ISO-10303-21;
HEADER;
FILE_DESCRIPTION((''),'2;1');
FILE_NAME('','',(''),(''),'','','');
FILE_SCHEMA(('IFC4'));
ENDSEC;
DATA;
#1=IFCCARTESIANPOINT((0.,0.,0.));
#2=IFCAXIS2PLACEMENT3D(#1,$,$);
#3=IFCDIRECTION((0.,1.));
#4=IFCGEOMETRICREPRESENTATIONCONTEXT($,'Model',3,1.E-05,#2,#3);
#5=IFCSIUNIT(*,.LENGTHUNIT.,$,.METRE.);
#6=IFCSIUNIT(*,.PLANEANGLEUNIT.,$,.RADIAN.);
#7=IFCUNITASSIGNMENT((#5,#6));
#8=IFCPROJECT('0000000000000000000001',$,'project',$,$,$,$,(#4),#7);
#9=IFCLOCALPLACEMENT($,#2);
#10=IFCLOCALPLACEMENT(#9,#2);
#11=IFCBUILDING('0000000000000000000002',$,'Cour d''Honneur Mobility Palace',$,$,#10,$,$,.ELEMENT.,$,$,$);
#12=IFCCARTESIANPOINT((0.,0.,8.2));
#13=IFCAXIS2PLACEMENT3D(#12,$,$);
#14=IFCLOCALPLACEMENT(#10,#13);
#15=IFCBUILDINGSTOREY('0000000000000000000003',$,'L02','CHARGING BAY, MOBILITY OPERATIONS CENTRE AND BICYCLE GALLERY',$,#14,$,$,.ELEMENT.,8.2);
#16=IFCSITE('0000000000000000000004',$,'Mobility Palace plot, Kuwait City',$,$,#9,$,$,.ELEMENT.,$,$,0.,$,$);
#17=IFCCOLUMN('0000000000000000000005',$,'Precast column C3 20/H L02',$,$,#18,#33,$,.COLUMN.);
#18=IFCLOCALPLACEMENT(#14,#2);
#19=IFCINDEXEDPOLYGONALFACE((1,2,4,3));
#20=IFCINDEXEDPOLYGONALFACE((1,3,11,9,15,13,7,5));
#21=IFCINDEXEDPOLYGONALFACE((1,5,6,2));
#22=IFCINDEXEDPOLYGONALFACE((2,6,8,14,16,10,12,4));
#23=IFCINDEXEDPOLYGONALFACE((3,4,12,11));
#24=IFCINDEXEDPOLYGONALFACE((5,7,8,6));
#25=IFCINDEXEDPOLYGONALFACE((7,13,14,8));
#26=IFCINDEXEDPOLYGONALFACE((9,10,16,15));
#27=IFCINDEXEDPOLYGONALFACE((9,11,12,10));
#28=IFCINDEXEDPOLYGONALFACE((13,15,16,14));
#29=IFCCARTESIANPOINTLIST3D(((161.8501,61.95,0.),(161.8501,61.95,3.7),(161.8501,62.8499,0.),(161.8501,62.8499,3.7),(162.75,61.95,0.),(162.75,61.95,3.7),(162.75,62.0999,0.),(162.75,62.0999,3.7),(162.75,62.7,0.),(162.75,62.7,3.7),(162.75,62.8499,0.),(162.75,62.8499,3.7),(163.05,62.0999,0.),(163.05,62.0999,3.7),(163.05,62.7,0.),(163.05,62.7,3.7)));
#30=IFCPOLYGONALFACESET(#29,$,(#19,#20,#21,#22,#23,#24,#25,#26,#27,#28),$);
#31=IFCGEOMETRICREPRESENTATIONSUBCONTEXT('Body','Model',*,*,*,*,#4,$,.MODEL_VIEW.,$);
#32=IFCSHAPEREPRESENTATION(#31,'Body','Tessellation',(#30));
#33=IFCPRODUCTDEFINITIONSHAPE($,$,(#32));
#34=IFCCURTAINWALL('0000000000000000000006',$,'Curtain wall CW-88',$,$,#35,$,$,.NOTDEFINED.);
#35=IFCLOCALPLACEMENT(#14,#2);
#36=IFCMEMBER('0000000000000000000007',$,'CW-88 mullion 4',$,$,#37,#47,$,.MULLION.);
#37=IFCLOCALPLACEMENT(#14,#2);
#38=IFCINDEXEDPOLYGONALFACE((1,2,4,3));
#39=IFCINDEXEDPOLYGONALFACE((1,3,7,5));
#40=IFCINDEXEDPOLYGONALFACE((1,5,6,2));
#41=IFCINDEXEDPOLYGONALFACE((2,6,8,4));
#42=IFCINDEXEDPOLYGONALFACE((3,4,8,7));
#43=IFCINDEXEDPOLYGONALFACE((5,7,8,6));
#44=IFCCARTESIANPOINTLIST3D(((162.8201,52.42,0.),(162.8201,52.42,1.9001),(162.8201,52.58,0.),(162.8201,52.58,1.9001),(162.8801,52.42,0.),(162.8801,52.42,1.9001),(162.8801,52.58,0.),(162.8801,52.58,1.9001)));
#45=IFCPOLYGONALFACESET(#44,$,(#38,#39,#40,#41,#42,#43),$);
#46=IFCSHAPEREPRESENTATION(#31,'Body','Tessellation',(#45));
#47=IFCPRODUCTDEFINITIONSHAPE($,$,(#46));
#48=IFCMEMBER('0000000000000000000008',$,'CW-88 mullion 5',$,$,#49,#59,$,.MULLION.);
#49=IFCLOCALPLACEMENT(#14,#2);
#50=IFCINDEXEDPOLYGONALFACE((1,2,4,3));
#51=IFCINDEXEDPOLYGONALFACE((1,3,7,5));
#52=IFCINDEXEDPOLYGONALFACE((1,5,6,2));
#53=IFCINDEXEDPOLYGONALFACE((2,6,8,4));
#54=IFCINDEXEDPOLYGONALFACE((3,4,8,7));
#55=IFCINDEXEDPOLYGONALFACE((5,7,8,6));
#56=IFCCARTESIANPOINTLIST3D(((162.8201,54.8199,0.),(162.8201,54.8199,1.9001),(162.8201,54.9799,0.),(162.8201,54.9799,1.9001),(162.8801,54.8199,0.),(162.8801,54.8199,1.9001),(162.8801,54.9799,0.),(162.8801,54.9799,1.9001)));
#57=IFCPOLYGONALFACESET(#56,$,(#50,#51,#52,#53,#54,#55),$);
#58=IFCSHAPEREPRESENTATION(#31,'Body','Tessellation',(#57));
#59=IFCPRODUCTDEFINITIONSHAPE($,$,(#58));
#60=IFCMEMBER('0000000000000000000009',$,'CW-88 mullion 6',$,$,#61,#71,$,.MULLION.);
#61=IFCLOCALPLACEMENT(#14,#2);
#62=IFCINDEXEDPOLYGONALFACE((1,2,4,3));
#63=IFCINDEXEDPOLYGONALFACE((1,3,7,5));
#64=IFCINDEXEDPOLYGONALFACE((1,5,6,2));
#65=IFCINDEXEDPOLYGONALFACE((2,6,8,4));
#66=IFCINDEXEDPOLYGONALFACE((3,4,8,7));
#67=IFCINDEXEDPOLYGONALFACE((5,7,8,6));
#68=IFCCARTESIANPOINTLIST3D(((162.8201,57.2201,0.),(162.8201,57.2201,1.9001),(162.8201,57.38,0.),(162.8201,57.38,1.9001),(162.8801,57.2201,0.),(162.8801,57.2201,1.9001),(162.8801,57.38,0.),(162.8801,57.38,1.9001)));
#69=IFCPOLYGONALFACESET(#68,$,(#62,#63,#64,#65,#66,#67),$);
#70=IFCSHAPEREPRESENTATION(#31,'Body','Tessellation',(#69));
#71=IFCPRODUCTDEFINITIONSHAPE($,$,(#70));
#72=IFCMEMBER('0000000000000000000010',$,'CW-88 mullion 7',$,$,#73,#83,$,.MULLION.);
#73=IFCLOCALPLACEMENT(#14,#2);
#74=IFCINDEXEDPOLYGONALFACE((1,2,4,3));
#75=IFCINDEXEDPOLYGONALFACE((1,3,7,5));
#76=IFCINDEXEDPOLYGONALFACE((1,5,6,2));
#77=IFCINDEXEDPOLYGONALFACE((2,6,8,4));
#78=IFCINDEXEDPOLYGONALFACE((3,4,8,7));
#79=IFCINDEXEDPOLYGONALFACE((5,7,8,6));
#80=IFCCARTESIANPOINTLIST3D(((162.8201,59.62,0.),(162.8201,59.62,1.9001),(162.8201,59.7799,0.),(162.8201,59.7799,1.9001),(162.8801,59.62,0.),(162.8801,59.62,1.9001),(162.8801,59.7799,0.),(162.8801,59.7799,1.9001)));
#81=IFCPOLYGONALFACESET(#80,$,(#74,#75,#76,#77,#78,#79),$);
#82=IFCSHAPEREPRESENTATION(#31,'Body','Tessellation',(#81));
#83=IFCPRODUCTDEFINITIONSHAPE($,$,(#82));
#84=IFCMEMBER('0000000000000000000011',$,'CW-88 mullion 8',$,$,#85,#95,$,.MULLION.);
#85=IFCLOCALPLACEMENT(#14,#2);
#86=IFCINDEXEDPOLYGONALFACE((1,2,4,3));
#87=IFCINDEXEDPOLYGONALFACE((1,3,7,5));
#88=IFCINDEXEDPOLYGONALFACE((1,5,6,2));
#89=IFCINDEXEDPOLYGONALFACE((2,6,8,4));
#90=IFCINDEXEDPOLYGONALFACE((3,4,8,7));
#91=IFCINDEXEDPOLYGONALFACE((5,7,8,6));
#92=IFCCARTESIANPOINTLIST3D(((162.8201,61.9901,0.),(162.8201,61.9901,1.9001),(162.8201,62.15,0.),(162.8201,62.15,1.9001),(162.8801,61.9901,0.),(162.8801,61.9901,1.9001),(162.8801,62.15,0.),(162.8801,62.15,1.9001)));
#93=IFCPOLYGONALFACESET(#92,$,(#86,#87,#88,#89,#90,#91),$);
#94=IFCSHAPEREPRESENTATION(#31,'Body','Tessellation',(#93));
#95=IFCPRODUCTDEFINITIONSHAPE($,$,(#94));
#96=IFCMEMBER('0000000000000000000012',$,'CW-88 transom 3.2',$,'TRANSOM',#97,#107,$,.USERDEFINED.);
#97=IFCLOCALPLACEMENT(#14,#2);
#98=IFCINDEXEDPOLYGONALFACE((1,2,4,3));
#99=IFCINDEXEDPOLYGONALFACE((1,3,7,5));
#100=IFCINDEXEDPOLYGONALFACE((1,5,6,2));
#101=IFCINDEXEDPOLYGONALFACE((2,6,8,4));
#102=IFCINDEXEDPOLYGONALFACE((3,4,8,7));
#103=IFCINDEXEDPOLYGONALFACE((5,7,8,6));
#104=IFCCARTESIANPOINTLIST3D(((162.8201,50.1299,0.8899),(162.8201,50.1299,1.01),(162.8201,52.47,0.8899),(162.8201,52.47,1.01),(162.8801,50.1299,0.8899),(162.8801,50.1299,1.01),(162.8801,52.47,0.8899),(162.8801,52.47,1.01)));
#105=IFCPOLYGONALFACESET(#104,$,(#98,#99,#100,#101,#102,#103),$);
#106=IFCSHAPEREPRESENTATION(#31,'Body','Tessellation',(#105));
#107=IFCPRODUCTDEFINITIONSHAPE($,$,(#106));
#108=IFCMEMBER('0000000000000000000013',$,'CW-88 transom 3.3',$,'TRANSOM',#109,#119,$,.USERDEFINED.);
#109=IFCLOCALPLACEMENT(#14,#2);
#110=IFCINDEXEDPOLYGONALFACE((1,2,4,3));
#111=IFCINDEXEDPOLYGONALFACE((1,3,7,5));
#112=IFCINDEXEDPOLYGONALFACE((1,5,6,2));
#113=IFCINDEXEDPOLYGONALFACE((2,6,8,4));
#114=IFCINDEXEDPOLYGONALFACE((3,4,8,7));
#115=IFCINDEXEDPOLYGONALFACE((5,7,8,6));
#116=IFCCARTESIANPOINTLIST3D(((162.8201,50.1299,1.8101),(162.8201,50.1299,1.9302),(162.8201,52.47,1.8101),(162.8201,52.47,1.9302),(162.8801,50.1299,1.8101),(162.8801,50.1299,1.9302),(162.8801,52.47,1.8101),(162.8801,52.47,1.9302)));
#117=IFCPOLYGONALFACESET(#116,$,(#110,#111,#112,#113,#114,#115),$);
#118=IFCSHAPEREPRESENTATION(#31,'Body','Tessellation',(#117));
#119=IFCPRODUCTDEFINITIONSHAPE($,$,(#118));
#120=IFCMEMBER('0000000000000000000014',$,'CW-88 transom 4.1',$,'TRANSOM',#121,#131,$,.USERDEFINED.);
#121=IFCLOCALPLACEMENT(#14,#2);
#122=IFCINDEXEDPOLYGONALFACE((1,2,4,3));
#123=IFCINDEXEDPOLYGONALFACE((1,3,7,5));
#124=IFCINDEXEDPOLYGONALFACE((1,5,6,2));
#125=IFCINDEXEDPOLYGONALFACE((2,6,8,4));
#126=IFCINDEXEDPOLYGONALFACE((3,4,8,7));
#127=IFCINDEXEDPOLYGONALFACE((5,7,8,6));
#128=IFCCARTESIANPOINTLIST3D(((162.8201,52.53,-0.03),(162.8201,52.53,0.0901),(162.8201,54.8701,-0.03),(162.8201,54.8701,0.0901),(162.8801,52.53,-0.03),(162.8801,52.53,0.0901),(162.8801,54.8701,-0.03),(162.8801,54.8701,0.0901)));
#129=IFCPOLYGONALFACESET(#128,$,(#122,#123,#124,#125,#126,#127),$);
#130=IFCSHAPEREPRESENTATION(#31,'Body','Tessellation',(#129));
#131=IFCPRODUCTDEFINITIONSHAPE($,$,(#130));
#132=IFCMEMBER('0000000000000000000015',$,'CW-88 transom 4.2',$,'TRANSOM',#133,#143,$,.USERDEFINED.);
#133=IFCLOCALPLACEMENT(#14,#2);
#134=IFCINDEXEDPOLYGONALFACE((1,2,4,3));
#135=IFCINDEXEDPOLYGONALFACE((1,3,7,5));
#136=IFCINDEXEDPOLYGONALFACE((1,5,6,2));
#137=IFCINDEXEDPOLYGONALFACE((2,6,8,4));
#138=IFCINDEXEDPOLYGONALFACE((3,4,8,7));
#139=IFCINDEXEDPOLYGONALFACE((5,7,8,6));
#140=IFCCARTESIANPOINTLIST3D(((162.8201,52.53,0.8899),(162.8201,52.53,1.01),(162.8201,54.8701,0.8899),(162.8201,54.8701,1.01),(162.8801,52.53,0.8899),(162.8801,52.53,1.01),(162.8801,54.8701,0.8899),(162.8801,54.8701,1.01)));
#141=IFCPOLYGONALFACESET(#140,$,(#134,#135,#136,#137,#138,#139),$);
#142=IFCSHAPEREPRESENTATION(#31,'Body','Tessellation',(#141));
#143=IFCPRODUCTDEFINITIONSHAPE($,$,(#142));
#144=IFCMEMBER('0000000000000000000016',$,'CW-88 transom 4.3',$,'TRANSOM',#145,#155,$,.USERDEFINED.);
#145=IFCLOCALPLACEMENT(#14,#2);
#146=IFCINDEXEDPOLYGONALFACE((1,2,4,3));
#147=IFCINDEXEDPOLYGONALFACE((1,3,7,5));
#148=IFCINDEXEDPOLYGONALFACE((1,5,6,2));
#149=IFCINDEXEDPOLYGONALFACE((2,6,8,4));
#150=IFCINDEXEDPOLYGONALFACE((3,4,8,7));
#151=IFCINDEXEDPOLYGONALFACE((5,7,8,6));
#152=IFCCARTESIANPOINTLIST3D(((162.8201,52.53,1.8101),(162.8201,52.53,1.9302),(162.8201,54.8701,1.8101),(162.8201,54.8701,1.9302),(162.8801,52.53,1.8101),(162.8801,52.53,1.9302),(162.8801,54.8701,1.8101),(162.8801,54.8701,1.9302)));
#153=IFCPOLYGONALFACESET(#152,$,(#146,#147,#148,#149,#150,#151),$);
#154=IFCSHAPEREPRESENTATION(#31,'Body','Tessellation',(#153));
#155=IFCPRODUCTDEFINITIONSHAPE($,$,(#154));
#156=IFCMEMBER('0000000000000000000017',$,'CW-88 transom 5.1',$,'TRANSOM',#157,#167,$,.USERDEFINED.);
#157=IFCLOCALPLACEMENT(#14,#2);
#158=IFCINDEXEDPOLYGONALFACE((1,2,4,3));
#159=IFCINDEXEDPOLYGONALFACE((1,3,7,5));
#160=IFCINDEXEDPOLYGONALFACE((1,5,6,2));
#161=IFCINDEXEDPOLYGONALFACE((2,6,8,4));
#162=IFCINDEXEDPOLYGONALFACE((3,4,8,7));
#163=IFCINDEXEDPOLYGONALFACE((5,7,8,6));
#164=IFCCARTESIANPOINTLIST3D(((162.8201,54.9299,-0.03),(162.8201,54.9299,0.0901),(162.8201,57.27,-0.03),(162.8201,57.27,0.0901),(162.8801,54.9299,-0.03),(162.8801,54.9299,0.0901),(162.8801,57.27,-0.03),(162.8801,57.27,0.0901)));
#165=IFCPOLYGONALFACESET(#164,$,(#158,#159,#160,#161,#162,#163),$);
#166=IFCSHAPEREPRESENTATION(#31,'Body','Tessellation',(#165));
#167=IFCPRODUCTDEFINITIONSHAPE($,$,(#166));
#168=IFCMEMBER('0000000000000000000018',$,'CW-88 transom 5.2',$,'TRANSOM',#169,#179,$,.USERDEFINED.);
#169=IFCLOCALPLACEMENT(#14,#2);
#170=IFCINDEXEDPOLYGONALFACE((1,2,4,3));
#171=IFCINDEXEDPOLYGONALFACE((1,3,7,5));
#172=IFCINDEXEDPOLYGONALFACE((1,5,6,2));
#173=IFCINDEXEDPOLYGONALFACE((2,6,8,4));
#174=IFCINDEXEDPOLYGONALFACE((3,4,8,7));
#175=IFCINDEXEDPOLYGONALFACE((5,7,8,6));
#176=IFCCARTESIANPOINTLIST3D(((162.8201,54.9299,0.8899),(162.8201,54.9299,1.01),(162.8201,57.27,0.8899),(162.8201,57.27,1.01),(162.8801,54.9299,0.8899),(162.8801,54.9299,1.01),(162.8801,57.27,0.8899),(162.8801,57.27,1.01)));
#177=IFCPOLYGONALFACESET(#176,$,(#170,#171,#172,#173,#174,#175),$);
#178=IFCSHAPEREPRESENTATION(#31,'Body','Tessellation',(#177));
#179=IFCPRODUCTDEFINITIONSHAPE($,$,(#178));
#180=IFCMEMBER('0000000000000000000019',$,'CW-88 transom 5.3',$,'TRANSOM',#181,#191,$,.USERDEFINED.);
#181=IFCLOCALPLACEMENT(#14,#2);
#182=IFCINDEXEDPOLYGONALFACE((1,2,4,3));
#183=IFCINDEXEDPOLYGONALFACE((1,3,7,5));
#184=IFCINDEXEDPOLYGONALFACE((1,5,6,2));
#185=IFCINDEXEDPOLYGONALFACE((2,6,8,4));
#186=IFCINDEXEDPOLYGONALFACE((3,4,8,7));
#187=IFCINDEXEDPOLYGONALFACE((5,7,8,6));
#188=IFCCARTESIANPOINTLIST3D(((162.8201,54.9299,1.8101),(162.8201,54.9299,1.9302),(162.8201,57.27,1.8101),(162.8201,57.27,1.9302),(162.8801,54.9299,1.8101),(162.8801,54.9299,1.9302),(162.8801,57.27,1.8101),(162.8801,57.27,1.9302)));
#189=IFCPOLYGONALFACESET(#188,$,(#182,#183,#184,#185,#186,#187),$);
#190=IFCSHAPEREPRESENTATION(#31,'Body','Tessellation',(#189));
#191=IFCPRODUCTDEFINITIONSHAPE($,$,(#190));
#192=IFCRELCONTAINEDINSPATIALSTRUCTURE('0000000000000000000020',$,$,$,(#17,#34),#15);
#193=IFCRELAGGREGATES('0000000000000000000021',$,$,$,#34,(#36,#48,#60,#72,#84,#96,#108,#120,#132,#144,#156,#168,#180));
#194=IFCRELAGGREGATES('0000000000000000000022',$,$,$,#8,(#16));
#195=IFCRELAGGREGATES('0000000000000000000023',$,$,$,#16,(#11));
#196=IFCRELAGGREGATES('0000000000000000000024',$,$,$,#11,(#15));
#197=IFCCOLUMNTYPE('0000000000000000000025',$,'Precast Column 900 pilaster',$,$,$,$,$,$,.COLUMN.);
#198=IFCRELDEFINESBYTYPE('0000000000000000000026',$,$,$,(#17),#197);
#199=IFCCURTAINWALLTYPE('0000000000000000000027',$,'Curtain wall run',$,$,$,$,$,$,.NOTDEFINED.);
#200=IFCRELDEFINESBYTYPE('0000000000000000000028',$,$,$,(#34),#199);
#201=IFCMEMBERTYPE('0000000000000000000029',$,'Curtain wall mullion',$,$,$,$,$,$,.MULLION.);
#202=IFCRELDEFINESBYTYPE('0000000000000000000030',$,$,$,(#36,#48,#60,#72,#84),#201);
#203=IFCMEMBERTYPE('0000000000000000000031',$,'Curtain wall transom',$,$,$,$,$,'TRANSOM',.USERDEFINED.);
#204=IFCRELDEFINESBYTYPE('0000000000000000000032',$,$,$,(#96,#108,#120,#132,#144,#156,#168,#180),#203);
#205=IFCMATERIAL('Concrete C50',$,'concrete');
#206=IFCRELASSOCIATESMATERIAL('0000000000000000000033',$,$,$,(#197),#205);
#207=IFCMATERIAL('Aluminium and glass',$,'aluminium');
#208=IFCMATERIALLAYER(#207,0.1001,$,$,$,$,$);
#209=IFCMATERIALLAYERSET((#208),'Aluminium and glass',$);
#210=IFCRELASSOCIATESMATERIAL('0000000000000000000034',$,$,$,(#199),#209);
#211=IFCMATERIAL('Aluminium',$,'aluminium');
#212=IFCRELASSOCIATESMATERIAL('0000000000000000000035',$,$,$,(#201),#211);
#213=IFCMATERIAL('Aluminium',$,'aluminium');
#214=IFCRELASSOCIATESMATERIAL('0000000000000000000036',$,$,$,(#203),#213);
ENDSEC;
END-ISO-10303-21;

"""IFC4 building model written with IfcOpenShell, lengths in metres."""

from ifc_helpers import new_model, si_unit, direction, frame, origin, origin_2d, place, context, subcontext, project, spatial, polyline, rectangle, outline, extrude, material, layer, layer_set, material_profile, profile_set, type_object, element, aggregate, save


model = new_model("IFC4")

# Units and contexts
model_context = context("Model", 3, precision=1e-05, world=origin(), true_north=direction((0.0, 1.0)))
body_context = subcontext(model_context, "Body", "Model", "MODEL_VIEW")
ifc_project = project(units=[si_unit("LENGTHUNIT", "METRE"), si_unit("PLANEANGLEUNIT", "RADIAN")], contexts=[model_context])

# Site, building, storey
site_placement = place(None, origin())
site = spatial("IfcSite", under=ifc_project, at=site_placement, Name="Mobility Palace plot, Kuwait City", CompositionType="ELEMENT", RefElevation=0.0)
building_placement = place(site_placement, origin())
building = spatial("IfcBuilding", under=site, at=building_placement, Name="Cour d'Honneur Mobility Palace", CompositionType="ELEMENT")
storey_placement = place(building_placement, frame((0.0, 0.0, 8.2)))
storey = spatial("IfcBuildingStorey", under=building, at=storey_placement, Name="L02", Description="CHARGING BAY, MOBILITY OPERATIONS CENTRE AND BICYCLE GALLERY", CompositionType="ELEMENT", Elevation=8.2)

# Column
ifc_material_1 = material(Name="Concrete C50", Category="concrete")
ifc_material_profile_1 = material_profile(ifc_material_1, outline(polyline([(-0.45, -0.45), (0.45, -0.45), (0.45, -0.3), (0.75, -0.3), (0.75, 0.3), (0.45, 0.3), (0.45, 0.45), (-0.45, 0.45), (-0.45, -0.45)])), Name="PC C900 pilaster")
ifc_profile_set_1 = profile_set([ifc_material_profile_1], Name="Concrete C50")
column_type = type_object("IfcColumnType", Name="Precast Column 900 pilaster", PredefinedType="COLUMN", material=ifc_profile_set_1)
column_placement = place(storey_placement, frame((162.3, 62.3999, 0.0), z_axis=(0.0, 0.0, 1.0), x_axis=(1.0, 0.0, 0.0)))
element("IfcColumn", 1, at=column_placement, inside=storey, type_object=column_type, Name="Precast column C3 20/H L02", PredefinedType="COLUMN", context=body_context, shape_type="SweptSolid", body=[
    extrude(outline(polyline([(-0.45, -0.45), (0.45, -0.45), (0.45, -0.3), (0.75, -0.3), (0.75, 0.3), (0.45, 0.3), (0.45, 0.45), (-0.45, 0.45), (-0.45, -0.45)])), origin(), (0.0, 0.0, 1.0), 3.7),
])

# Curtain wall, members
ifc_material_2 = material(Name="Aluminium and glass", Category="aluminium")
ifc_layer_1 = layer(ifc_material_2, 0.1001)
ifc_layer_set_1 = layer_set([ifc_layer_1], Name="Aluminium and glass")
curtain_wall_type = type_object("IfcCurtainWallType", Name="Curtain wall run", PredefinedType="NOTDEFINED", material=ifc_layer_set_1)
curtain_wall_placement = place(storey_placement, origin())
curtain_wall = element("IfcCurtainWall", 2, at=curtain_wall_placement, inside=storey, type_object=curtain_wall_type, Name="Curtain wall CW-88", PredefinedType="NOTDEFINED")
ifc_material_3 = material(Name="Aluminium", Category="aluminium")
ifc_material_profile_2 = material_profile(ifc_material_3, rectangle(XDim=0.0601, YDim=0.1599, at=origin_2d()), Name="Curtain wall mullion")
ifc_profile_set_2 = profile_set([ifc_material_profile_2], Name="Aluminium")
member_type_1 = type_object("IfcMemberType", Name="Curtain wall mullion", PredefinedType="MULLION", material=ifc_profile_set_2)
member_1_placement = place(storey_placement, frame((162.8501, 52.5, 0.0), z_axis=(0.0, 0.0, 1.0), x_axis=(-1.0, 0.0, 0.0)))
member_1 = element("IfcMember", 3, at=member_1_placement, type_object=member_type_1, Name="CW-88 mullion 4", PredefinedType="MULLION", context=body_context, shape_type="SweptSolid", body=[
    extrude(rectangle(XDim=0.0601, YDim=0.1599, at=origin_2d()), origin(), (0.0, 0.0, 1.0), 1.9001),
])
member_2_placement = place(storey_placement, frame((162.8501, 54.8999, 0.0), z_axis=(0.0, 0.0, 1.0), x_axis=(-1.0, 0.0, 0.0)))
member_2 = element("IfcMember", 4, at=member_2_placement, type_object=member_type_1, Name="CW-88 mullion 5", PredefinedType="MULLION", context=body_context, shape_type="SweptSolid", body=[
    extrude(rectangle(XDim=0.0601, YDim=0.1599, at=origin_2d()), origin(), (0.0, 0.0, 1.0), 1.9001),
])
member_3_placement = place(storey_placement, frame((162.8501, 57.3, 0.0), z_axis=(0.0, 0.0, 1.0), x_axis=(-1.0, 0.0, 0.0)))
member_3 = element("IfcMember", 5, at=member_3_placement, type_object=member_type_1, Name="CW-88 mullion 6", PredefinedType="MULLION", context=body_context, shape_type="SweptSolid", body=[
    extrude(rectangle(XDim=0.0601, YDim=0.1599, at=origin_2d()), origin(), (0.0, 0.0, 1.0), 1.9001),
])
member_4_placement = place(storey_placement, frame((162.8501, 59.7, 0.0), z_axis=(0.0, 0.0, 1.0), x_axis=(-1.0, 0.0, 0.0)))
member_4 = element("IfcMember", 6, at=member_4_placement, type_object=member_type_1, Name="CW-88 mullion 7", PredefinedType="MULLION", context=body_context, shape_type="SweptSolid", body=[
    extrude(rectangle(XDim=0.0601, YDim=0.1599, at=origin_2d()), origin(), (0.0, 0.0, 1.0), 1.9001),
])
member_5_placement = place(storey_placement, frame((162.8501, 62.0701, 0.0), z_axis=(0.0, 0.0, 1.0), x_axis=(-1.0, 0.0, 0.0)))
member_5 = element("IfcMember", 7, at=member_5_placement, type_object=member_type_1, Name="CW-88 mullion 8", PredefinedType="MULLION", context=body_context, shape_type="SweptSolid", body=[
    extrude(rectangle(XDim=0.0601, YDim=0.1599, at=origin_2d()), origin(), (0.0, 0.0, 1.0), 1.9001),
])
ifc_material_4 = material(Name="Aluminium", Category="aluminium")
ifc_material_profile_3 = material_profile(ifc_material_4, rectangle(XDim=0.0601, YDim=0.1201, at=origin_2d()), Name="Curtain wall transom")
ifc_profile_set_3 = profile_set([ifc_material_profile_3], Name="Aluminium")
member_type_2 = type_object("IfcMemberType", Name="Curtain wall transom", ElementType="TRANSOM", PredefinedType="USERDEFINED", material=ifc_profile_set_3)
member_6_placement = place(storey_placement, frame((162.8501, 50.1299, 0.95), z_axis=(0.0, 1.0, 0.0), x_axis=(-1.0, 0.0, 0.0)))
member_6 = element("IfcMember", 8, at=member_6_placement, type_object=member_type_2, Name="CW-88 transom 3.2", ObjectType="TRANSOM", PredefinedType="USERDEFINED", context=body_context, shape_type="SweptSolid", body=[
    extrude(rectangle(XDim=0.0601, YDim=0.1201, at=origin_2d()), origin(), (0.0, 0.0, 1.0), 2.3401),
])
member_7_placement = place(storey_placement, frame((162.8501, 50.1299, 1.8701), z_axis=(0.0, 1.0, 0.0), x_axis=(-1.0, 0.0, 0.0)))
member_7 = element("IfcMember", 9, at=member_7_placement, type_object=member_type_2, Name="CW-88 transom 3.3", ObjectType="TRANSOM", PredefinedType="USERDEFINED", context=body_context, shape_type="SweptSolid", body=[
    extrude(rectangle(XDim=0.0601, YDim=0.1201, at=origin_2d()), origin(), (0.0, 0.0, 1.0), 2.3401),
])
member_8_placement = place(storey_placement, frame((162.8501, 52.53, 0.03), z_axis=(0.0, 1.0, 0.0), x_axis=(-1.0, 0.0, 0.0)))
member_8 = element("IfcMember", 10, at=member_8_placement, type_object=member_type_2, Name="CW-88 transom 4.1", ObjectType="TRANSOM", PredefinedType="USERDEFINED", context=body_context, shape_type="SweptSolid", body=[
    extrude(rectangle(XDim=0.0601, YDim=0.1201, at=origin_2d()), origin(), (0.0, 0.0, 1.0), 2.3401),
])
member_9_placement = place(storey_placement, frame((162.8501, 52.53, 0.95), z_axis=(0.0, 1.0, 0.0), x_axis=(-1.0, 0.0, 0.0)))
member_9 = element("IfcMember", 11, at=member_9_placement, type_object=member_type_2, Name="CW-88 transom 4.2", ObjectType="TRANSOM", PredefinedType="USERDEFINED", context=body_context, shape_type="SweptSolid", body=[
    extrude(rectangle(XDim=0.0601, YDim=0.1201, at=origin_2d()), origin(), (0.0, 0.0, 1.0), 2.3401),
])
member_10_placement = place(storey_placement, frame((162.8501, 52.53, 1.8701), z_axis=(0.0, 1.0, 0.0), x_axis=(-1.0, 0.0, 0.0)))
member_10 = element("IfcMember", 12, at=member_10_placement, type_object=member_type_2, Name="CW-88 transom 4.3", ObjectType="TRANSOM", PredefinedType="USERDEFINED", context=body_context, shape_type="SweptSolid", body=[
    extrude(rectangle(XDim=0.0601, YDim=0.1201, at=origin_2d()), origin(), (0.0, 0.0, 1.0), 2.3401),
])
member_11_placement = place(storey_placement, frame((162.8501, 54.9299, 0.03), z_axis=(0.0, 1.0, 0.0), x_axis=(-1.0, 0.0, 0.0)))
member_11 = element("IfcMember", 13, at=member_11_placement, type_object=member_type_2, Name="CW-88 transom 5.1", ObjectType="TRANSOM", PredefinedType="USERDEFINED", context=body_context, shape_type="SweptSolid", body=[
    extrude(rectangle(XDim=0.0601, YDim=0.1201, at=origin_2d()), origin(), (0.0, 0.0, 1.0), 2.3401),
])
member_12_placement = place(storey_placement, frame((162.8501, 54.9299, 0.95), z_axis=(0.0, 1.0, 0.0), x_axis=(-1.0, 0.0, 0.0)))
member_12 = element("IfcMember", 14, at=member_12_placement, type_object=member_type_2, Name="CW-88 transom 5.2", ObjectType="TRANSOM", PredefinedType="USERDEFINED", context=body_context, shape_type="SweptSolid", body=[
    extrude(rectangle(XDim=0.0601, YDim=0.1201, at=origin_2d()), origin(), (0.0, 0.0, 1.0), 2.3401),
])
member_13_placement = place(storey_placement, frame((162.8501, 54.9299, 1.8701), z_axis=(0.0, 1.0, 0.0), x_axis=(-1.0, 0.0, 0.0)))
member_13 = element("IfcMember", 15, at=member_13_placement, type_object=member_type_2, Name="CW-88 transom 5.3", ObjectType="TRANSOM", PredefinedType="USERDEFINED", context=body_context, shape_type="SweptSolid", body=[
    extrude(rectangle(XDim=0.0601, YDim=0.1201, at=origin_2d()), origin(), (0.0, 0.0, 1.0), 2.3401),
])
aggregate(curtain_wall, [member_1, member_2, member_3, member_4, member_5, member_6, member_7, member_8, member_9, member_10, member_11, member_12, member_13])

save(model, "model.ifc")
